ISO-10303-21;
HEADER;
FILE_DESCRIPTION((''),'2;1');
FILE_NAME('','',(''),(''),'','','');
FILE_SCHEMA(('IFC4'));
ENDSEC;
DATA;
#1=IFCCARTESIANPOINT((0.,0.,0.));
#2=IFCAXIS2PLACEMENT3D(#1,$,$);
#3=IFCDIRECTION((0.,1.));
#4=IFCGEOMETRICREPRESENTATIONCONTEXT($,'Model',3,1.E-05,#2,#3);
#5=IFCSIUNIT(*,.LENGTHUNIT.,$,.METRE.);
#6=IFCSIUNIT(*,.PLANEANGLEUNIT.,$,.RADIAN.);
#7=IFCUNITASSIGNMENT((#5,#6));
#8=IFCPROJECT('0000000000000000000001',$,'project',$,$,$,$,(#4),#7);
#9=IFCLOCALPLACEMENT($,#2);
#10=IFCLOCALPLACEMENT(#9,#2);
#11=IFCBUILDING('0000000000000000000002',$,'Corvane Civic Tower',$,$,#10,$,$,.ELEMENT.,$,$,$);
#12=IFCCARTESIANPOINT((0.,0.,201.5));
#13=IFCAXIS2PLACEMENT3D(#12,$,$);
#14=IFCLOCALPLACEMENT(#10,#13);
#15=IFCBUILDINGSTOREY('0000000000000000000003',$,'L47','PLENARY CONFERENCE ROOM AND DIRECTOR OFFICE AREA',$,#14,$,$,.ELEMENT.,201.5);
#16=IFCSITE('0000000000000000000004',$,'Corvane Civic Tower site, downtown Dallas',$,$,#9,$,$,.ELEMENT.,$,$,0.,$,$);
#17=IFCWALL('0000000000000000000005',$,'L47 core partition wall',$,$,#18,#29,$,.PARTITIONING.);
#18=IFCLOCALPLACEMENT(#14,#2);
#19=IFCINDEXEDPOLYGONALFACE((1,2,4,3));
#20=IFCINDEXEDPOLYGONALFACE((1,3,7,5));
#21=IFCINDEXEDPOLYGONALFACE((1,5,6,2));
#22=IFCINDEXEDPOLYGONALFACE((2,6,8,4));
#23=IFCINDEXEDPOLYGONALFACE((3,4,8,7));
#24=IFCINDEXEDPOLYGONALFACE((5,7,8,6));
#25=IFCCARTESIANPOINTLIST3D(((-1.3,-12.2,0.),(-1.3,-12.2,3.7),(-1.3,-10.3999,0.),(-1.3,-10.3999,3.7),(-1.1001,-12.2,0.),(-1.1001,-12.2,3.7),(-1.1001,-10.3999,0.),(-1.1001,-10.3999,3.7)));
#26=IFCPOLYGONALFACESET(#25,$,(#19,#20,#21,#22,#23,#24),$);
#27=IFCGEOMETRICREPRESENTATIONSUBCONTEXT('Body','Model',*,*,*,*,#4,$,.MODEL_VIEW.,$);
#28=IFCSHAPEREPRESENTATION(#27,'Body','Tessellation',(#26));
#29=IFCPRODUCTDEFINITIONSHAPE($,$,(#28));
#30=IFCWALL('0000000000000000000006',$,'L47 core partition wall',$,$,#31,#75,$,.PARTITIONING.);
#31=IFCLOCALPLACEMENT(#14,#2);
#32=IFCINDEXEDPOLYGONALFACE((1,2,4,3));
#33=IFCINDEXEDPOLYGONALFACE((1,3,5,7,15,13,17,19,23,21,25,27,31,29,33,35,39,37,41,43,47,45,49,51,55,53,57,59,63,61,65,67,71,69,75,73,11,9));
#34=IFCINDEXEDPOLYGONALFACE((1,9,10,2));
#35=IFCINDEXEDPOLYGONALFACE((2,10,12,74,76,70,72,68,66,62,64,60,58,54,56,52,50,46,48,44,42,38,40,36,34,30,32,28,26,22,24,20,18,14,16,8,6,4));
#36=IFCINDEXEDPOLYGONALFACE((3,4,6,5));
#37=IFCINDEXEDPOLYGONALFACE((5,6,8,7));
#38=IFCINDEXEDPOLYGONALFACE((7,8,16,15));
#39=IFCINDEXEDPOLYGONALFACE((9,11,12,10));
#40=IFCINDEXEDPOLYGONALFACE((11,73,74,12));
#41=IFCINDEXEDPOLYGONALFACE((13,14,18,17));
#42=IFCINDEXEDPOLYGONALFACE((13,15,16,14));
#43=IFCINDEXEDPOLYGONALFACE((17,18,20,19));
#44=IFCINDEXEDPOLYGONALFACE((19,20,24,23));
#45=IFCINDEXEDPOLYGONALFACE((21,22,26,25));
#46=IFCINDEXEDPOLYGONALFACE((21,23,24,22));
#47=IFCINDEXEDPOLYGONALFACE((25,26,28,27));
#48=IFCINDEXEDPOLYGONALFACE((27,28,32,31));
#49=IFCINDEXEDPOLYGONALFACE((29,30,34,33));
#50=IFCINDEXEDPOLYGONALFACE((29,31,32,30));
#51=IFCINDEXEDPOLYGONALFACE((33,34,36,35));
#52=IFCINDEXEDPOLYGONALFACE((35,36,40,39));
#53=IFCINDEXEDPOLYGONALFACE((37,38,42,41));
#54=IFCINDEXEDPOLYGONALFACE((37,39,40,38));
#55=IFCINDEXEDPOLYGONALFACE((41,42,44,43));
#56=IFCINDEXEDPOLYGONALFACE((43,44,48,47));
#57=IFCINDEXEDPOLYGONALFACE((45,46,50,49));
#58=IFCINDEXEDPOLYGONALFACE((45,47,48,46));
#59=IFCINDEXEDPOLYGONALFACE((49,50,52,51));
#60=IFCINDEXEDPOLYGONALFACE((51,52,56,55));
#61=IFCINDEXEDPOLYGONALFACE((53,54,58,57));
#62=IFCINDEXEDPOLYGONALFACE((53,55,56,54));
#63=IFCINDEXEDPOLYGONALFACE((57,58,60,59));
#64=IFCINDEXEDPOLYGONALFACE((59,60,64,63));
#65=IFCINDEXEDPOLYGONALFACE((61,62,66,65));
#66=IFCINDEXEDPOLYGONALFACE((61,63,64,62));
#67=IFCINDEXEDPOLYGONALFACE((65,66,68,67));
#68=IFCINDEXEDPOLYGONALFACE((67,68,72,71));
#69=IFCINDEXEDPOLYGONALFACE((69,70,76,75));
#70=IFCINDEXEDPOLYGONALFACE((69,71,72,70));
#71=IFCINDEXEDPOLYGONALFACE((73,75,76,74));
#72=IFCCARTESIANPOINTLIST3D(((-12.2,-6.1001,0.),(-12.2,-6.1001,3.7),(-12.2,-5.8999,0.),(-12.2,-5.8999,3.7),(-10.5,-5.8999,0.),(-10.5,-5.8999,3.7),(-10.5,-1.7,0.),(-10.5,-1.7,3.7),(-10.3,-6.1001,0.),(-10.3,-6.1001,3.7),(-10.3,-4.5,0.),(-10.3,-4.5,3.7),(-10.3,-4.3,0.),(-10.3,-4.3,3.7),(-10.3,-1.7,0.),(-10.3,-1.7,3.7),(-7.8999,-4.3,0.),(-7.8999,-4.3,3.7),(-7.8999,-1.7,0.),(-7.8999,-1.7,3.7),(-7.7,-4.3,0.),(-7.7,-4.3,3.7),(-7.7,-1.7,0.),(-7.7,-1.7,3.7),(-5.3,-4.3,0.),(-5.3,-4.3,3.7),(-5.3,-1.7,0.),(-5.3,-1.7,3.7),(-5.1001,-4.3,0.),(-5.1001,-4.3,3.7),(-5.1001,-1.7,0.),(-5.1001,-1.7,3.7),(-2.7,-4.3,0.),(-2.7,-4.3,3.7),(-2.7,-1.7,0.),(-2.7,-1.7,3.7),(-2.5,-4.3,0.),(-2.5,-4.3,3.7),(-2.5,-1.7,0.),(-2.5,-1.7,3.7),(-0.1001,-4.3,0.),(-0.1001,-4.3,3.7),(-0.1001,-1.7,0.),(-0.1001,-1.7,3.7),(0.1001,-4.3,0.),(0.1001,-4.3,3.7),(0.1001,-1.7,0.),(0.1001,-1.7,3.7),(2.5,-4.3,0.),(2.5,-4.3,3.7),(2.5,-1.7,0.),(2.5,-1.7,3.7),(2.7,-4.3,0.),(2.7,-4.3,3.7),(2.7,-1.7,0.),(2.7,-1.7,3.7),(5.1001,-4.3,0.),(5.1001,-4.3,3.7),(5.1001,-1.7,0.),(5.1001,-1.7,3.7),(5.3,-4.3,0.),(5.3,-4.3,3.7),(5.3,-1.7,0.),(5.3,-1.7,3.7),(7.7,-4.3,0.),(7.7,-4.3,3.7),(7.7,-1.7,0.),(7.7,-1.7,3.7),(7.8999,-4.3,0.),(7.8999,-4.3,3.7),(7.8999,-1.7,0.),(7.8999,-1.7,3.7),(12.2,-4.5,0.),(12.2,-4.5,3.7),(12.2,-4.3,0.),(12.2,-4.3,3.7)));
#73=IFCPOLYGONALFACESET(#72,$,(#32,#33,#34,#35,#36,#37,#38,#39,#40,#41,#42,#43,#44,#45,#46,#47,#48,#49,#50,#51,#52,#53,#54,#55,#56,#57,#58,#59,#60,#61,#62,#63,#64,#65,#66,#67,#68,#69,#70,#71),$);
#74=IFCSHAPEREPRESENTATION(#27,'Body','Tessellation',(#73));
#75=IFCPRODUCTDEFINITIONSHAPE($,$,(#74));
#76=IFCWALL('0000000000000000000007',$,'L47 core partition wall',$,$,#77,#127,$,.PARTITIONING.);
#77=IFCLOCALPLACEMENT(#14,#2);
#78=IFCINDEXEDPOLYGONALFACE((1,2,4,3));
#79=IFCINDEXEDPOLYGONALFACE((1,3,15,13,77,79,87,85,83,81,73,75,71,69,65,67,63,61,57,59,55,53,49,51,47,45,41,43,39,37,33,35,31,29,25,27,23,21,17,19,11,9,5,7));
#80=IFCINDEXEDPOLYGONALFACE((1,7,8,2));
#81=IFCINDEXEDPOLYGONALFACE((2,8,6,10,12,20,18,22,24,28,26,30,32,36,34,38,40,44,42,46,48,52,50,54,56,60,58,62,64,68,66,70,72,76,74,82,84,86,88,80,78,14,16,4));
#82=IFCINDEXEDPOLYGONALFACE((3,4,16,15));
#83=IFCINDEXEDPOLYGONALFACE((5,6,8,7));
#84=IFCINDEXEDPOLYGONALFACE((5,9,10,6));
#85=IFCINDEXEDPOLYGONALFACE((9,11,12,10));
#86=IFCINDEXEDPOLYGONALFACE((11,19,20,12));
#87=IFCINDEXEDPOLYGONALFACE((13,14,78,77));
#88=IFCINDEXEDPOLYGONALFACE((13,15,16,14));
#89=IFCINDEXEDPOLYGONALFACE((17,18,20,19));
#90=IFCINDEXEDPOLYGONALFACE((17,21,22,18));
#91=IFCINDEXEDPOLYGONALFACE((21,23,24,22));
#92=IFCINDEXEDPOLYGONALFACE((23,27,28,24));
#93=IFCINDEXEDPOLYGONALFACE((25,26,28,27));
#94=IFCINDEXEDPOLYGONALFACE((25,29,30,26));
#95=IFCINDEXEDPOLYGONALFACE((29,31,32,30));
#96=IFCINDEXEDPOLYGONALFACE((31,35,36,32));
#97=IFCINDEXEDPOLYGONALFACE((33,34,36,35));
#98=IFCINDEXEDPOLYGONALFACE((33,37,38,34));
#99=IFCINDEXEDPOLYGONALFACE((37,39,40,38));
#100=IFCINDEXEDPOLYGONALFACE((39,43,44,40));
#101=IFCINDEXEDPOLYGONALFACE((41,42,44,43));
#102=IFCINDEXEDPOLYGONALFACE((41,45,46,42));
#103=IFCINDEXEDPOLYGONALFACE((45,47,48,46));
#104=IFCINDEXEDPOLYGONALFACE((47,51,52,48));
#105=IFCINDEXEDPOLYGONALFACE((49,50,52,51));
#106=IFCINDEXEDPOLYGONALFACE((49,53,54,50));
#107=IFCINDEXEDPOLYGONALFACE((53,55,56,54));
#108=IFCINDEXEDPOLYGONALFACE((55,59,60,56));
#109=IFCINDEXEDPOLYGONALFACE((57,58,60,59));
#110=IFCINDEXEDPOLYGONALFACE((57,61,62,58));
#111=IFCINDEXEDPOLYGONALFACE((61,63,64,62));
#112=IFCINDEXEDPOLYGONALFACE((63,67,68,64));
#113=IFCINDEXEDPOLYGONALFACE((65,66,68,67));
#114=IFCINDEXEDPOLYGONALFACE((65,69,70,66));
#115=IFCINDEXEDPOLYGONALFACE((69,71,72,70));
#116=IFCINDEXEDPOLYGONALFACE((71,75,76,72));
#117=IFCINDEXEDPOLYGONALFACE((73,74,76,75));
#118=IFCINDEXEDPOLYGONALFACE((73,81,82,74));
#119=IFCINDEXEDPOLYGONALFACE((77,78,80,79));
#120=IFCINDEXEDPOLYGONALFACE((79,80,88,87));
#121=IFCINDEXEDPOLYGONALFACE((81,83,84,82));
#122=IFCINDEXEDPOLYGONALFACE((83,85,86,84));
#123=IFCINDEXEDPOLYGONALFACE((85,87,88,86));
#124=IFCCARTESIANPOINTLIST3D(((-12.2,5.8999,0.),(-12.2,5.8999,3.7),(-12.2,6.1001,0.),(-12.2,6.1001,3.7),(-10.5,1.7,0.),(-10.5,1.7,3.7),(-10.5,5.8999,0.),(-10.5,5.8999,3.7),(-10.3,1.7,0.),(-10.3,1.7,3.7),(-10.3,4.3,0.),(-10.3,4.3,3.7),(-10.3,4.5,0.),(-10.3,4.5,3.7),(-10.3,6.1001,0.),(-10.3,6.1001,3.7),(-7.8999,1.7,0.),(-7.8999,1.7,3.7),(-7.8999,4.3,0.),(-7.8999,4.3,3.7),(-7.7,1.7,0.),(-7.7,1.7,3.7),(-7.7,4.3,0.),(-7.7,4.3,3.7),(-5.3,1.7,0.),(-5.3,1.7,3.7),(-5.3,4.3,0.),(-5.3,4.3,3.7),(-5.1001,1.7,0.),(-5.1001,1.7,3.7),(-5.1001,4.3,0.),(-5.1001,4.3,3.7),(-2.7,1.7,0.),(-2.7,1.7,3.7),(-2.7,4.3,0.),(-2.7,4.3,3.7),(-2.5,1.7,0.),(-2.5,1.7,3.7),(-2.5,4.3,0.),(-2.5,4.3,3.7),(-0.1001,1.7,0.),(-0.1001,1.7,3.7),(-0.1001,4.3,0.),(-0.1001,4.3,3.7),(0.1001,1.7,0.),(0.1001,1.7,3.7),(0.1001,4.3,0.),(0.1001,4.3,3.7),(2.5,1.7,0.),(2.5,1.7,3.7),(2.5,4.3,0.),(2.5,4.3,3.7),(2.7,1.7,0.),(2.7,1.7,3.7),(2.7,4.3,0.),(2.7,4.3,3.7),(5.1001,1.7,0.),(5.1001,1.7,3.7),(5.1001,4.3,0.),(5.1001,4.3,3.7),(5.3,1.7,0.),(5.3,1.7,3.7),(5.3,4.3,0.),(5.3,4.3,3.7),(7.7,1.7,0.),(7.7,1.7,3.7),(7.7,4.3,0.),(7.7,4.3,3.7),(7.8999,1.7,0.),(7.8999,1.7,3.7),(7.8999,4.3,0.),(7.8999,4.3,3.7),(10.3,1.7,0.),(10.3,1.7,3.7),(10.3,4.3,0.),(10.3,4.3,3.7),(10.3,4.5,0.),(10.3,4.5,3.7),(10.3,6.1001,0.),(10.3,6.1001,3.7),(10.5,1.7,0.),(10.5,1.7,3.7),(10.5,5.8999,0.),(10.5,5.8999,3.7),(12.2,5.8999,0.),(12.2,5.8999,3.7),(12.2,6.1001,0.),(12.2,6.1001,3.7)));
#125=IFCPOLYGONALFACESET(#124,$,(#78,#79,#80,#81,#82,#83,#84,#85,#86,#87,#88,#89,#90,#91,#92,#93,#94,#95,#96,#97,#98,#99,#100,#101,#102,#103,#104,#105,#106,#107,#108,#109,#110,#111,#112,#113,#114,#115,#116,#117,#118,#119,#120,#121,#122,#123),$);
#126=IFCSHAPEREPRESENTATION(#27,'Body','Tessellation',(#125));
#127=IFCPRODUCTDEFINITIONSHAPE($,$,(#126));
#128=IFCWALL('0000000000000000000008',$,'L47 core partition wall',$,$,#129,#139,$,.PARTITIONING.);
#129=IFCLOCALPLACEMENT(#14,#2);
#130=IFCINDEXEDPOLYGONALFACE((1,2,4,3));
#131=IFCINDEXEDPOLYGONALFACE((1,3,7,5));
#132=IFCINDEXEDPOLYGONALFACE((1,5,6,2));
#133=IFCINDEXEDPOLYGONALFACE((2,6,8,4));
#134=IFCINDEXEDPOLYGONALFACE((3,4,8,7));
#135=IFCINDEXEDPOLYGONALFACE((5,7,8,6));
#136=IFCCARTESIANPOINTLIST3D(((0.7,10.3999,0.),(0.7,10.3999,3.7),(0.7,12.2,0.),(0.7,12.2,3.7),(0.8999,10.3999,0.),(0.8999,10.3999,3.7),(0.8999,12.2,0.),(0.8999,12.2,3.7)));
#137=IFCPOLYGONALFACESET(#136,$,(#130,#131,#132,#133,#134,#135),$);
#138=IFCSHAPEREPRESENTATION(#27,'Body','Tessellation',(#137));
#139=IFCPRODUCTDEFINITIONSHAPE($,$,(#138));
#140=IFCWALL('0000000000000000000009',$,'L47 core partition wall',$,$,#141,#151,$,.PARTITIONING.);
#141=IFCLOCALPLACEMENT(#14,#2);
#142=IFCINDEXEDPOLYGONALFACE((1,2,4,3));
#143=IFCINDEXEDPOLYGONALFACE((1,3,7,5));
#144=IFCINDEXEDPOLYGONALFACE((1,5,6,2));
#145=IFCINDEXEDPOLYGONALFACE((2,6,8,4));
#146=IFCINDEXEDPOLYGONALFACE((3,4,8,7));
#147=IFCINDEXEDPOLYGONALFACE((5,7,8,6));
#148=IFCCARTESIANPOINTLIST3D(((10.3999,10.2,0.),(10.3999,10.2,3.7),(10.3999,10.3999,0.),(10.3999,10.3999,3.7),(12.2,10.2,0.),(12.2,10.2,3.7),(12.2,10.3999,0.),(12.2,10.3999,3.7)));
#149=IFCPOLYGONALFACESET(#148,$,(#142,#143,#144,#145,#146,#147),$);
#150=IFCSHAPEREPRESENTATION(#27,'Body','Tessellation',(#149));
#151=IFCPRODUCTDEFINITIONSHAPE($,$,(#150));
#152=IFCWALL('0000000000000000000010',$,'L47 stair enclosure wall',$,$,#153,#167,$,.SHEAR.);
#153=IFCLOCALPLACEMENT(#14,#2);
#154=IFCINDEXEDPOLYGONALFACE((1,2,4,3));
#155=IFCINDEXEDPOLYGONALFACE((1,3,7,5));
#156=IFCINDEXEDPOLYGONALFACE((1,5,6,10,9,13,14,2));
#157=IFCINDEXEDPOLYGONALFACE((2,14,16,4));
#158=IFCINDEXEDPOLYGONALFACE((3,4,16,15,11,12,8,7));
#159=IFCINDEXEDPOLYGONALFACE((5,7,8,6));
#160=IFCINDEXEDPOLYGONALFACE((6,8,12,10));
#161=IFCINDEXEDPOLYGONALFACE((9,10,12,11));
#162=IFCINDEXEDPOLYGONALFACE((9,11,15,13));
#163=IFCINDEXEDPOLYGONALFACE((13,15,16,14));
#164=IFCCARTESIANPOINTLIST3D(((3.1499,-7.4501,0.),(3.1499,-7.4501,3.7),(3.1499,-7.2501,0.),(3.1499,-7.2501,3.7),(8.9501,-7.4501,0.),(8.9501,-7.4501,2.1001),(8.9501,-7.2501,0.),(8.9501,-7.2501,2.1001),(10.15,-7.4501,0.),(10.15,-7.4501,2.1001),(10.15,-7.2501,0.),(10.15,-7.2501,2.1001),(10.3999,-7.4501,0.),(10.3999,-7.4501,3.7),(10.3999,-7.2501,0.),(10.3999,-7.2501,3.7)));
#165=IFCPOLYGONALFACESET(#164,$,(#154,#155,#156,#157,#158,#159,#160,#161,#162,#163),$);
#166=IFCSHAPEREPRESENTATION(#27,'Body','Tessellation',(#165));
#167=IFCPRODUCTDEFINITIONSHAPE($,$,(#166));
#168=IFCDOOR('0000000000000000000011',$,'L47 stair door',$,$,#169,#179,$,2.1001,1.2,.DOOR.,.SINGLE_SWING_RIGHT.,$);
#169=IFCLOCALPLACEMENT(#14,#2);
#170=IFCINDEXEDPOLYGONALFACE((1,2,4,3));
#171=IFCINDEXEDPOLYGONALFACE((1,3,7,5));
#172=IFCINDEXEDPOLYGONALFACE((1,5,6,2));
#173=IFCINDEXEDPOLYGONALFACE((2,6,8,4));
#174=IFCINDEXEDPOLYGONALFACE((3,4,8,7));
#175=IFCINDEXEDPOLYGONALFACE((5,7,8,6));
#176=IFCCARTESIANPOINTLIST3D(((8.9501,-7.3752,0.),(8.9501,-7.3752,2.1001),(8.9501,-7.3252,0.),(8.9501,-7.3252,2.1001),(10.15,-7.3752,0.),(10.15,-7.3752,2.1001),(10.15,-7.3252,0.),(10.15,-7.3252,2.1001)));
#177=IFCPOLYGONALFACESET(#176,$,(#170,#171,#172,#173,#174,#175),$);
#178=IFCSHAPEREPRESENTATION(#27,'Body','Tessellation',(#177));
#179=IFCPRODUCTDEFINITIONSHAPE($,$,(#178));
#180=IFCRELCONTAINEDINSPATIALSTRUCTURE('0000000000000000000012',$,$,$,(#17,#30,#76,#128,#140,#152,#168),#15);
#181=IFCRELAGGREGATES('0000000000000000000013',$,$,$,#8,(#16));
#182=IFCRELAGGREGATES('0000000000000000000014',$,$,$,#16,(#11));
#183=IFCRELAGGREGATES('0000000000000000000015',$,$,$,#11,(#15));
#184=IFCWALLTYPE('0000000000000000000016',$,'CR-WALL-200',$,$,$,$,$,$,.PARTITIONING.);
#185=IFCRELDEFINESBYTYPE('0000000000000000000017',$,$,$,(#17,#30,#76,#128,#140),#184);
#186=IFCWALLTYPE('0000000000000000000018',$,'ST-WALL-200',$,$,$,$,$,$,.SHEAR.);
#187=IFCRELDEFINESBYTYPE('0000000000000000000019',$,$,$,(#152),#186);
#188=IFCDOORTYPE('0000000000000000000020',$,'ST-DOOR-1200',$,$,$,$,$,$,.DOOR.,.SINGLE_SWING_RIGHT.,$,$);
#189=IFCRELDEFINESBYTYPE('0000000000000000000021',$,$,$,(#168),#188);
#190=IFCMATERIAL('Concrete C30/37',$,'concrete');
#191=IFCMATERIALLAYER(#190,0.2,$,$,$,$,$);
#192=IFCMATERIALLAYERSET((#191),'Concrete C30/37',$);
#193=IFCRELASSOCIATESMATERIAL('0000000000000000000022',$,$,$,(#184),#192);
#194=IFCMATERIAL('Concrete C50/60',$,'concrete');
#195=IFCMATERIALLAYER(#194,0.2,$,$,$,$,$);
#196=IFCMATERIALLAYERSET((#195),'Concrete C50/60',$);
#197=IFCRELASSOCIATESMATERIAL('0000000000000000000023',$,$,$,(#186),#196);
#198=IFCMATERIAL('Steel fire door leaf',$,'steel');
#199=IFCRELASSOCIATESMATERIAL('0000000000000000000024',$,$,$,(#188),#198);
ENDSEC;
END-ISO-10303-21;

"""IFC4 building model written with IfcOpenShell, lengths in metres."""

from ifc_helpers import new_model, si_unit, direction, frame, frame_2d, origin, place, context, subcontext, project, spatial, polyline, rectangle, outline, extrude, material, layer, layer_set, type_object, element, fill, save


model = new_model("IFC4")

# Units and contexts
model_context = context("Model", 3, precision=1e-05, world=origin(), true_north=direction((0.0, 1.0)))
body_context = subcontext(model_context, "Body", "Model", "MODEL_VIEW")
ifc_project = project(units=[si_unit("LENGTHUNIT", "METRE"), si_unit("PLANEANGLEUNIT", "RADIAN")], contexts=[model_context])

# Site, building, storey
site_placement = place(None, origin())
site = spatial("IfcSite", under=ifc_project, at=site_placement, Name="Corvane Civic Tower site, downtown Dallas", CompositionType="ELEMENT", RefElevation=0.0)
building_placement = place(site_placement, origin())
building = spatial("IfcBuilding", under=site, at=building_placement, Name="Corvane Civic Tower", CompositionType="ELEMENT")
storey_placement = place(building_placement, frame((0.0, 0.0, 201.5)))
storey = spatial("IfcBuildingStorey", under=building, at=storey_placement, Name="L47", Description="PLENARY CONFERENCE ROOM AND DIRECTOR OFFICE AREA", CompositionType="ELEMENT", Elevation=201.5)

# Shared definitions
ifc_material_1 = material(Name="Concrete C30/37", Category="concrete")
ifc_layer_1 = layer(ifc_material_1, 0.2)
ifc_layer_set_1 = layer_set([ifc_layer_1], Name="Concrete C30/37")
wall_type_1 = type_object("IfcWallType", Name="CR-WALL-200", PredefinedType="PARTITIONING", material=ifc_layer_set_1)

# Walls
wall_1_placement = place(storey_placement, origin())
element("IfcWall", 1, at=wall_1_placement, inside=storey, type_object=wall_type_1, Name="L47 core partition wall", PredefinedType="PARTITIONING", context=body_context, shape_type="SweptSolid", body=[
    extrude(outline(polyline([(-1.1001, -12.2), (-1.3, -12.2), (-1.3, -10.3999), (-1.1001, -10.3999), (-1.1001, -12.2)])), origin(), (0.0, 0.0, 1.0), 3.7),
])
wall_2_placement = place(storey_placement, origin())
element("IfcWall", 2, at=wall_2_placement, inside=storey, type_object=wall_type_1, Name="L47 core partition wall", PredefinedType="PARTITIONING", context=body_context, shape_type="SweptSolid", body=[
    extrude(outline(polyline([(-10.5, -1.7), (-10.3, -1.7), (-10.3, -4.3), (-7.8999, -4.3), (-7.8999, -1.7), (-7.7, -1.7), (-7.7, -4.3), (-5.3, -4.3), (-5.3, -1.7), (-5.1001, -1.7), (-5.1001, -4.3), (-2.7, -4.3), (-2.7, -1.7), (-2.5, -1.7), (-2.5, -4.3), (-0.1001, -4.3), (-0.1001, -1.7), (0.1001, -1.7), (0.1001, -4.3), (2.5, -4.3), (2.5, -1.7), (2.7, -1.7), (2.7, -4.3), (5.1001, -4.3), (5.1001, -1.7), (5.3, -1.7), (5.3, -4.3), (7.7, -4.3), (7.7, -1.7), (7.8999, -1.7), (7.8999, -4.3), (12.2, -4.3), (12.2, -4.5), (-10.3, -4.5), (-10.3, -6.1001), (-12.2, -6.1001), (-12.2, -5.8999), (-10.5, -5.8999), (-10.5, -1.7)])), origin(), (0.0, 0.0, 1.0), 3.7),
])
wall_3_placement = place(storey_placement, origin())
element("IfcWall", 3, at=wall_3_placement, inside=storey, type_object=wall_type_1, Name="L47 core partition wall", PredefinedType="PARTITIONING", context=body_context, shape_type="SweptSolid", body=[
    extrude(outline(polyline([(-10.3, 1.7), (-10.5, 1.7), (-10.5, 5.8999), (-12.2, 5.8999), (-12.2, 6.1001), (-10.3, 6.1001), (-10.3, 4.5), (10.3, 4.5), (10.3, 6.1001), (12.2, 6.1001), (12.2, 5.8999), (10.5, 5.8999), (10.5, 1.7), (10.3, 1.7), (10.3, 4.3), (7.8999, 4.3), (7.8999, 1.7), (7.7, 1.7), (7.7, 4.3), (5.3, 4.3), (5.3, 1.7), (5.1001, 1.7), (5.1001, 4.3), (2.7, 4.3), (2.7, 1.7), (2.5, 1.7), (2.5, 4.3), (0.1001, 4.3), (0.1001, 1.7), (-0.1001, 1.7), (-0.1001, 4.3), (-2.5, 4.3), (-2.5, 1.7), (-2.7, 1.7), (-2.7, 4.3), (-5.1001, 4.3), (-5.1001, 1.7), (-5.3, 1.7), (-5.3, 4.3), (-7.7, 4.3), (-7.7, 1.7), (-7.8999, 1.7), (-7.8999, 4.3), (-10.3, 4.3), (-10.3, 1.7)])), origin(), (0.0, 0.0, 1.0), 3.7),
])
wall_4_placement = place(storey_placement, origin())
element("IfcWall", 4, at=wall_4_placement, inside=storey, type_object=wall_type_1, Name="L47 core partition wall", PredefinedType="PARTITIONING", context=body_context, shape_type="SweptSolid", body=[
    extrude(outline(polyline([(0.8999, 10.3999), (0.7, 10.3999), (0.7, 12.2), (0.8999, 12.2), (0.8999, 10.3999)])), origin(), (0.0, 0.0, 1.0), 3.7),
])
wall_5_placement = place(storey_placement, origin())
element("IfcWall", 5, at=wall_5_placement, inside=storey, type_object=wall_type_1, Name="L47 core partition wall", PredefinedType="PARTITIONING", context=body_context, shape_type="SweptSolid", body=[
    extrude(outline(polyline([(10.3999, 10.2), (10.3999, 10.3999), (12.2, 10.3999), (12.2, 10.2), (10.3999, 10.2)])), origin(), (0.0, 0.0, 1.0), 3.7),
])

# Wall, opening, door
ifc_material_2 = material(Name="Concrete C50/60", Category="concrete")
ifc_layer_2 = layer(ifc_material_2, 0.2)
ifc_layer_set_2 = layer_set([ifc_layer_2], Name="Concrete C50/60")
wall_type_2 = type_object("IfcWallType", Name="ST-WALL-200", PredefinedType="SHEAR", material=ifc_layer_set_2)
wall_6_placement = place(storey_placement, frame((3.1499, -7.3501, 0.0), z_axis=(0.0, 0.0, 1.0), x_axis=(1.0, 0.0, 0.0)))
wall_6 = element("IfcWall", 6, at=wall_6_placement, inside=storey, type_object=wall_type_2, Name="L47 stair enclosure wall", PredefinedType="SHEAR", context=body_context, shape_type="SweptSolid", body=[
    extrude(rectangle(XDim=7.25, YDim=0.2, at=frame_2d((3.625, 0.0))), origin(), (0.0, 0.0, 1.0), 3.7),
])
opening_1_placement = place(wall_6_placement, frame((5.8, 0.0, 0.0)))
opening_1 = element("IfcOpeningElement", 7, at=opening_1_placement, cuts=wall_6, PredefinedType="OPENING", context=body_context, shape_type="SweptSolid", body=[
    extrude(rectangle(XDim=1.2, YDim=2.1001, at=frame_2d((0.6001, 1.05))), frame((0.0, 0.1099, 0.0), z_axis=(0.0, -1.0, 0.0), x_axis=(1.0, 0.0, 0.0)), (0.0, 0.0, 1.0), 0.22),
])
ifc_material_3 = material(Name="Steel fire door leaf", Category="steel")
door_type_1 = type_object("IfcDoorType", Name="ST-DOOR-1200", OperationType="SINGLE_SWING_RIGHT", PredefinedType="DOOR", material=ifc_material_3)
door_1_placement = place(opening_1_placement, origin())
door_1 = element("IfcDoor", 8, at=door_1_placement, inside=storey, type_object=door_type_1, Name="L47 stair door", OperationType="SINGLE_SWING_RIGHT", OverallHeight=2.1001, OverallWidth=1.2, PredefinedType="DOOR", context=body_context, shape_type="SweptSolid", body=[
    extrude(rectangle(XDim=1.2, YDim=2.1001, at=frame_2d((0.6001, 1.05))), frame((0.0, 0.0249, 0.0), z_axis=(0.0, -1.0, 0.0), x_axis=(1.0, 0.0, 0.0)), (0.0, 0.0, 1.0), 0.05),
])
fill(opening_1, door_1)

save(model, "model.ifc")
